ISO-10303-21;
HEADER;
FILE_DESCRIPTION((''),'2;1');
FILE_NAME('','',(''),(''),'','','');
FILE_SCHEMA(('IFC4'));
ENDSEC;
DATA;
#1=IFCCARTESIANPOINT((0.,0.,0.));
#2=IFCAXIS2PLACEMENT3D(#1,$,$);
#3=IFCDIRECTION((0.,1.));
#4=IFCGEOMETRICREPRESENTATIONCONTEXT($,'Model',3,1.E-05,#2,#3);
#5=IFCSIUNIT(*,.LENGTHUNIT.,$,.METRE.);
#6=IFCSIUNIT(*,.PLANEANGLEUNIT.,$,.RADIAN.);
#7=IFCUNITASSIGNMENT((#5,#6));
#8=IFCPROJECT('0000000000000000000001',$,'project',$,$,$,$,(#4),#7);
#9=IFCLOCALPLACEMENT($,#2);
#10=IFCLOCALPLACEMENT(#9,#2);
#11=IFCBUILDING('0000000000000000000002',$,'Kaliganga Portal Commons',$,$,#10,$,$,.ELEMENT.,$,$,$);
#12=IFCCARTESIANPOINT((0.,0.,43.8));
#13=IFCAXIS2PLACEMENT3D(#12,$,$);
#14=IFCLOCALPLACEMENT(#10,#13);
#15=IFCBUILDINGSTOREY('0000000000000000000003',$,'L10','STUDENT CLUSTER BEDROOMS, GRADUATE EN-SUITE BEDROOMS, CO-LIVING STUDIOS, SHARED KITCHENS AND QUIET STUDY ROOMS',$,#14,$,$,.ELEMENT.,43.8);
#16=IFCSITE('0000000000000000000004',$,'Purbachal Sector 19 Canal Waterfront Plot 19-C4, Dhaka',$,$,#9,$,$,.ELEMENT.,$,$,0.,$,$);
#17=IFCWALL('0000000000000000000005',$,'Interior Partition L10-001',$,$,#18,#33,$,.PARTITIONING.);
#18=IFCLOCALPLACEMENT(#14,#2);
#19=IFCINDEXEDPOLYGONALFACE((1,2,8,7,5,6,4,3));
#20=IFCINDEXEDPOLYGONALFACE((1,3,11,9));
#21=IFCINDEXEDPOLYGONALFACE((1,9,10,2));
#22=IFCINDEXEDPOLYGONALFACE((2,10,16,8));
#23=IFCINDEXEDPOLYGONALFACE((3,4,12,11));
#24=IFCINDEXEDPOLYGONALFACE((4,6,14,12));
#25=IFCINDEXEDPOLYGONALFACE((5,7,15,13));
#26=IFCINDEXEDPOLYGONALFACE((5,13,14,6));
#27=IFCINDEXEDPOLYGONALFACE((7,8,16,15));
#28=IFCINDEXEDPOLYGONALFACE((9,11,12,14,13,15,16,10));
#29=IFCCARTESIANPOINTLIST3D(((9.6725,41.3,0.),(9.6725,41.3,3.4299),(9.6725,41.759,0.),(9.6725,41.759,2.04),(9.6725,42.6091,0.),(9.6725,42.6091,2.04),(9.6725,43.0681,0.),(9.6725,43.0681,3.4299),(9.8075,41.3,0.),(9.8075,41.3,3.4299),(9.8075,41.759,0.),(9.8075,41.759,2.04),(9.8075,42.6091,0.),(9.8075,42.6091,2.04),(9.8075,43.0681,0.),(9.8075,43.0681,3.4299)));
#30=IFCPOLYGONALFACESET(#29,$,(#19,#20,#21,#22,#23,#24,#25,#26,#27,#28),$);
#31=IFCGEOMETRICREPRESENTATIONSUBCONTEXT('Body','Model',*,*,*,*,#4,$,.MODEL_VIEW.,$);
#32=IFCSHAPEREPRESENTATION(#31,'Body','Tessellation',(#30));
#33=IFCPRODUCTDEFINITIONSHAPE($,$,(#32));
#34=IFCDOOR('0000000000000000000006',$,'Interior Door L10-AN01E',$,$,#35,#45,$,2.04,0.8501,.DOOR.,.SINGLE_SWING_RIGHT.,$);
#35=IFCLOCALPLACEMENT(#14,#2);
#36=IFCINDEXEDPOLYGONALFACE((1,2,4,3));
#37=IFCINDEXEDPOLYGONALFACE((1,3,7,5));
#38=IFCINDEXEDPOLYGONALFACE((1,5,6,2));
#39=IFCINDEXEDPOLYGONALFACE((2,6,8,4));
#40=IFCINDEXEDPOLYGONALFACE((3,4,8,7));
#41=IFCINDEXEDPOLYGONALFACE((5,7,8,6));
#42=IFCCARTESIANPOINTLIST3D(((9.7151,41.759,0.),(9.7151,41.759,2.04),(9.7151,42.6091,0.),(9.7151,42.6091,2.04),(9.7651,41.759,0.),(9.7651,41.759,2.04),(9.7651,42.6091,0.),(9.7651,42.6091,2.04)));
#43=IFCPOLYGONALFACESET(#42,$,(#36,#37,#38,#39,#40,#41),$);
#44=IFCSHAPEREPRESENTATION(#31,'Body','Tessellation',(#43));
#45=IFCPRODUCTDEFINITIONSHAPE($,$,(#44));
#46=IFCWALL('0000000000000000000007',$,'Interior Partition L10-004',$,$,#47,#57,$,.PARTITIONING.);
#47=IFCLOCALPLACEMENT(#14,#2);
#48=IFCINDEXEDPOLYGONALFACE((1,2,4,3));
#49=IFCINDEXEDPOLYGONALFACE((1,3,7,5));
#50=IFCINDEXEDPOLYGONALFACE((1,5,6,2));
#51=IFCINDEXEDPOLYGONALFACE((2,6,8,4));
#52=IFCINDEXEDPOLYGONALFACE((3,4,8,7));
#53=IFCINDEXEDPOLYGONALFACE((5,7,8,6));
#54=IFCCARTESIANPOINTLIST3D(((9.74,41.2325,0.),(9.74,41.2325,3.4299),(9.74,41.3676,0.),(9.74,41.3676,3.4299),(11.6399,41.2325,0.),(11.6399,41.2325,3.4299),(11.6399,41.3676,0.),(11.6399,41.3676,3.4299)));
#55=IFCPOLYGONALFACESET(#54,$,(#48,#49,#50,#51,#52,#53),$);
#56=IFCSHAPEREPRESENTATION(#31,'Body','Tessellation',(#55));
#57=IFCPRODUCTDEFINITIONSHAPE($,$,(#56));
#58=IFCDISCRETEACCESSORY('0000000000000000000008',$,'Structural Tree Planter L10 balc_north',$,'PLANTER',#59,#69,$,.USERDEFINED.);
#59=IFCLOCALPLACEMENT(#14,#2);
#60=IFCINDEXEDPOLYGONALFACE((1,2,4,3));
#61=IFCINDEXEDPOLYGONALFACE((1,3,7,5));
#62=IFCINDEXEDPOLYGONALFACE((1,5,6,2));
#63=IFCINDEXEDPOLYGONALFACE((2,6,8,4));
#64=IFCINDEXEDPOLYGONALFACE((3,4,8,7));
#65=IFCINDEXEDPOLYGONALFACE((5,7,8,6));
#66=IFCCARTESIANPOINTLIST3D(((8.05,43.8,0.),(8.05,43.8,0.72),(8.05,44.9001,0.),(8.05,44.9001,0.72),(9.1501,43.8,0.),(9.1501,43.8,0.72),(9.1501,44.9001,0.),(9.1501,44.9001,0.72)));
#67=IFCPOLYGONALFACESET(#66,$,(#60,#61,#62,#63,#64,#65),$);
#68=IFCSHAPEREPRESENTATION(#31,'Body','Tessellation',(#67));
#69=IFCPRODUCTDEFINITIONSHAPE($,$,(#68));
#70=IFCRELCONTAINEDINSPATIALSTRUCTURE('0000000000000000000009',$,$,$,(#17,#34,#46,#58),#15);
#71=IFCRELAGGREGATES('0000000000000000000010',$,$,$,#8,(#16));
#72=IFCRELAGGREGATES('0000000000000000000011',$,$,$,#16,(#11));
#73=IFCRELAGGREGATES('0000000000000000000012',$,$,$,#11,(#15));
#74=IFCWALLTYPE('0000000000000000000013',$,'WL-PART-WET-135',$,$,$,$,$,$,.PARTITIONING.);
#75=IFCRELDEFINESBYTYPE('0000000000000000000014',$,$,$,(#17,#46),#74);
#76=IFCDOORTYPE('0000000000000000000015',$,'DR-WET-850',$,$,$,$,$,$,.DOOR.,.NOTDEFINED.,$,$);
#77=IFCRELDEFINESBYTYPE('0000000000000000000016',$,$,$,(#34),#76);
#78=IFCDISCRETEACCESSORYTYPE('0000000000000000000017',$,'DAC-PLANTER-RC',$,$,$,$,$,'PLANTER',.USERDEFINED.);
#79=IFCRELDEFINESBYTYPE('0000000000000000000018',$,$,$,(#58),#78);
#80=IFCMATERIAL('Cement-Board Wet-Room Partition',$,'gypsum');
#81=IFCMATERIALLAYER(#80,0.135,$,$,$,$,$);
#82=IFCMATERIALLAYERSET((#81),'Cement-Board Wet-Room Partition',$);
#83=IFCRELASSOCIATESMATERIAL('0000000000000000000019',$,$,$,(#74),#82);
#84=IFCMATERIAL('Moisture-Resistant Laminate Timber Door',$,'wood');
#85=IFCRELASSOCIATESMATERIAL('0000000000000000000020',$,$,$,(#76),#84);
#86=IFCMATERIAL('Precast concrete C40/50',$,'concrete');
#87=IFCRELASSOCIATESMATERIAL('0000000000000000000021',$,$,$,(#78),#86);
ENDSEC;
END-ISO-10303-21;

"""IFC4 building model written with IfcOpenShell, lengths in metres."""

from ifc_helpers import new_model, si_unit, direction, frame, frame_2d, origin, origin_2d, place, context, subcontext, project, spatial, rectangle, extrude, source, transform, mapped, material, layer, layer_set, type_object, element, fill, save


model = new_model("IFC4")

# Units and contexts
model_context = context("Model", 3, precision=1e-05, world=origin(), true_north=direction((0.0, 1.0)))
body_context = subcontext(model_context, "Body", "Model", "MODEL_VIEW")
ifc_project = project(units=[si_unit("LENGTHUNIT", "METRE"), si_unit("PLANEANGLEUNIT", "RADIAN")], contexts=[model_context])

# Site, building, storey
site_placement = place(None, origin())
site = spatial("IfcSite", under=ifc_project, at=site_placement, Name="Purbachal Sector 19 Canal Waterfront Plot 19-C4, Dhaka", CompositionType="ELEMENT", RefElevation=0.0)
building_placement = place(site_placement, origin())
building = spatial("IfcBuilding", under=site, at=building_placement, Name="Kaliganga Portal Commons", CompositionType="ELEMENT")
storey_placement = place(building_placement, frame((0.0, 0.0, 43.8)))
storey = spatial("IfcBuildingStorey", under=building, at=storey_placement, Name="L10", Description="STUDENT CLUSTER BEDROOMS, GRADUATE EN-SUITE BEDROOMS, CO-LIVING STUDIOS, SHARED KITCHENS AND QUIET STUDY ROOMS", CompositionType="ELEMENT", Elevation=43.8)

# Wall, opening, door
ifc_material_1 = material(Name="Cement-Board Wet-Room Partition", Category="gypsum")
ifc_layer_1 = layer(ifc_material_1, 0.135)
ifc_layer_set_1 = layer_set([ifc_layer_1], Name="Cement-Board Wet-Room Partition")
wall_type_1 = type_object("IfcWallType", Name="WL-PART-WET-135", PredefinedType="PARTITIONING", material=ifc_layer_set_1)
wall_1_placement = place(storey_placement, frame((9.74, 41.3, 0.0), z_axis=(0.0, 0.0, 1.0), x_axis=(0.0, 1.0, 0.0)))
wall_1 = element("IfcWall", 1, at=wall_1_placement, inside=storey, type_object=wall_type_1, Name="Interior Partition L10-001", PredefinedType="PARTITIONING", context=body_context, shape_type="SweptSolid", body=[
    extrude(rectangle(XDim=1.7681, YDim=0.135, at=frame_2d((0.884, 0.0))), origin(), (0.0, 0.0, 1.0), 3.4299),
])
opening_1_placement = place(wall_1_placement, frame((0.459, 0.0, 0.0)))
opening_1 = element("IfcOpeningElement", 2, at=opening_1_placement, cuts=wall_1, PredefinedType="OPENING", context=body_context, shape_type="SweptSolid", body=[
    extrude(rectangle(XDim=0.8501, YDim=2.04, at=frame_2d((0.425, 1.02))), frame((0.0, 0.0776, 0.0), z_axis=(0.0, -1.0, 0.0), x_axis=(1.0, 0.0, 0.0)), (0.0, 0.0, 1.0), 0.155),
])
ifc_material_2 = material(Name="Moisture-Resistant Laminate Timber Door", Category="wood")
door_type_1 = type_object("IfcDoorType", Name="DR-WET-850", OperationType="NOTDEFINED", PredefinedType="DOOR", material=ifc_material_2)
door_1_placement = place(opening_1_placement, origin())
door_1 = element("IfcDoor", 3, at=door_1_placement, inside=storey, type_object=door_type_1, Name="Interior Door L10-AN01E", OperationType="SINGLE_SWING_RIGHT", OverallHeight=2.04, OverallWidth=0.8501, PredefinedType="DOOR", context=body_context, shape_type="SweptSolid", body=[
    extrude(rectangle(XDim=0.8501, YDim=2.04, at=frame_2d((0.425, 1.02))), frame((0.0, 0.0249, 0.0), z_axis=(0.0, -1.0, 0.0), x_axis=(1.0, 0.0, 0.0)), (0.0, 0.0, 1.0), 0.05),
])
fill(opening_1, door_1)

# Wall
wall_2_placement = place(storey_placement, frame((9.74, 41.3, 0.0), z_axis=(0.0, 0.0, 1.0), x_axis=(1.0, 0.0, 0.0)))
element("IfcWall", 4, at=wall_2_placement, inside=storey, type_object=wall_type_1, Name="Interior Partition L10-004", PredefinedType="PARTITIONING", context=body_context, shape_type="SweptSolid", body=[
    extrude(rectangle(XDim=1.8999, YDim=0.135, at=frame_2d((0.95, 0.0))), origin(), (0.0, 0.0, 1.0), 3.4299),
])

# Discrete accessory
ifc_material_3 = material(Name="Precast concrete C40/50", Category="concrete")
discrete_accessory_type = type_object("IfcDiscreteAccessoryType", Name="DAC-PLANTER-RC", ElementType="PLANTER", PredefinedType="USERDEFINED", material=ifc_material_3)
shared_shape_1 = source(origin(), body_context, "Body", "SweptSolid", [
    extrude(rectangle(XDim=1.1001, YDim=1.1001, at=origin_2d()), origin(), (0.0, 0.0, 1.0), 0.72),
])
discrete_accessory_placement = place(storey_placement, frame((8.6001, 44.3501, 0.0), z_axis=(0.0, 0.0, 1.0), x_axis=(1.0, 0.0, 0.0)))
element("IfcDiscreteAccessory", 5, at=discrete_accessory_placement, inside=storey, type_object=discrete_accessory_type, Name="Structural Tree Planter L10 balc_north", ObjectType="PLANTER", PredefinedType="USERDEFINED", context=body_context, shape_type="MappedRepresentation", body=[
    mapped(shared_shape_1, transform((0.0, 0.0, 0.0), x_axis=(1.0, 0.0, 0.0), y_axis=(0.0, 1.0, 0.0), z_axis=(0.0, 0.0, 1.0), scale=1.0)),
])

save(model, "model.ifc")
